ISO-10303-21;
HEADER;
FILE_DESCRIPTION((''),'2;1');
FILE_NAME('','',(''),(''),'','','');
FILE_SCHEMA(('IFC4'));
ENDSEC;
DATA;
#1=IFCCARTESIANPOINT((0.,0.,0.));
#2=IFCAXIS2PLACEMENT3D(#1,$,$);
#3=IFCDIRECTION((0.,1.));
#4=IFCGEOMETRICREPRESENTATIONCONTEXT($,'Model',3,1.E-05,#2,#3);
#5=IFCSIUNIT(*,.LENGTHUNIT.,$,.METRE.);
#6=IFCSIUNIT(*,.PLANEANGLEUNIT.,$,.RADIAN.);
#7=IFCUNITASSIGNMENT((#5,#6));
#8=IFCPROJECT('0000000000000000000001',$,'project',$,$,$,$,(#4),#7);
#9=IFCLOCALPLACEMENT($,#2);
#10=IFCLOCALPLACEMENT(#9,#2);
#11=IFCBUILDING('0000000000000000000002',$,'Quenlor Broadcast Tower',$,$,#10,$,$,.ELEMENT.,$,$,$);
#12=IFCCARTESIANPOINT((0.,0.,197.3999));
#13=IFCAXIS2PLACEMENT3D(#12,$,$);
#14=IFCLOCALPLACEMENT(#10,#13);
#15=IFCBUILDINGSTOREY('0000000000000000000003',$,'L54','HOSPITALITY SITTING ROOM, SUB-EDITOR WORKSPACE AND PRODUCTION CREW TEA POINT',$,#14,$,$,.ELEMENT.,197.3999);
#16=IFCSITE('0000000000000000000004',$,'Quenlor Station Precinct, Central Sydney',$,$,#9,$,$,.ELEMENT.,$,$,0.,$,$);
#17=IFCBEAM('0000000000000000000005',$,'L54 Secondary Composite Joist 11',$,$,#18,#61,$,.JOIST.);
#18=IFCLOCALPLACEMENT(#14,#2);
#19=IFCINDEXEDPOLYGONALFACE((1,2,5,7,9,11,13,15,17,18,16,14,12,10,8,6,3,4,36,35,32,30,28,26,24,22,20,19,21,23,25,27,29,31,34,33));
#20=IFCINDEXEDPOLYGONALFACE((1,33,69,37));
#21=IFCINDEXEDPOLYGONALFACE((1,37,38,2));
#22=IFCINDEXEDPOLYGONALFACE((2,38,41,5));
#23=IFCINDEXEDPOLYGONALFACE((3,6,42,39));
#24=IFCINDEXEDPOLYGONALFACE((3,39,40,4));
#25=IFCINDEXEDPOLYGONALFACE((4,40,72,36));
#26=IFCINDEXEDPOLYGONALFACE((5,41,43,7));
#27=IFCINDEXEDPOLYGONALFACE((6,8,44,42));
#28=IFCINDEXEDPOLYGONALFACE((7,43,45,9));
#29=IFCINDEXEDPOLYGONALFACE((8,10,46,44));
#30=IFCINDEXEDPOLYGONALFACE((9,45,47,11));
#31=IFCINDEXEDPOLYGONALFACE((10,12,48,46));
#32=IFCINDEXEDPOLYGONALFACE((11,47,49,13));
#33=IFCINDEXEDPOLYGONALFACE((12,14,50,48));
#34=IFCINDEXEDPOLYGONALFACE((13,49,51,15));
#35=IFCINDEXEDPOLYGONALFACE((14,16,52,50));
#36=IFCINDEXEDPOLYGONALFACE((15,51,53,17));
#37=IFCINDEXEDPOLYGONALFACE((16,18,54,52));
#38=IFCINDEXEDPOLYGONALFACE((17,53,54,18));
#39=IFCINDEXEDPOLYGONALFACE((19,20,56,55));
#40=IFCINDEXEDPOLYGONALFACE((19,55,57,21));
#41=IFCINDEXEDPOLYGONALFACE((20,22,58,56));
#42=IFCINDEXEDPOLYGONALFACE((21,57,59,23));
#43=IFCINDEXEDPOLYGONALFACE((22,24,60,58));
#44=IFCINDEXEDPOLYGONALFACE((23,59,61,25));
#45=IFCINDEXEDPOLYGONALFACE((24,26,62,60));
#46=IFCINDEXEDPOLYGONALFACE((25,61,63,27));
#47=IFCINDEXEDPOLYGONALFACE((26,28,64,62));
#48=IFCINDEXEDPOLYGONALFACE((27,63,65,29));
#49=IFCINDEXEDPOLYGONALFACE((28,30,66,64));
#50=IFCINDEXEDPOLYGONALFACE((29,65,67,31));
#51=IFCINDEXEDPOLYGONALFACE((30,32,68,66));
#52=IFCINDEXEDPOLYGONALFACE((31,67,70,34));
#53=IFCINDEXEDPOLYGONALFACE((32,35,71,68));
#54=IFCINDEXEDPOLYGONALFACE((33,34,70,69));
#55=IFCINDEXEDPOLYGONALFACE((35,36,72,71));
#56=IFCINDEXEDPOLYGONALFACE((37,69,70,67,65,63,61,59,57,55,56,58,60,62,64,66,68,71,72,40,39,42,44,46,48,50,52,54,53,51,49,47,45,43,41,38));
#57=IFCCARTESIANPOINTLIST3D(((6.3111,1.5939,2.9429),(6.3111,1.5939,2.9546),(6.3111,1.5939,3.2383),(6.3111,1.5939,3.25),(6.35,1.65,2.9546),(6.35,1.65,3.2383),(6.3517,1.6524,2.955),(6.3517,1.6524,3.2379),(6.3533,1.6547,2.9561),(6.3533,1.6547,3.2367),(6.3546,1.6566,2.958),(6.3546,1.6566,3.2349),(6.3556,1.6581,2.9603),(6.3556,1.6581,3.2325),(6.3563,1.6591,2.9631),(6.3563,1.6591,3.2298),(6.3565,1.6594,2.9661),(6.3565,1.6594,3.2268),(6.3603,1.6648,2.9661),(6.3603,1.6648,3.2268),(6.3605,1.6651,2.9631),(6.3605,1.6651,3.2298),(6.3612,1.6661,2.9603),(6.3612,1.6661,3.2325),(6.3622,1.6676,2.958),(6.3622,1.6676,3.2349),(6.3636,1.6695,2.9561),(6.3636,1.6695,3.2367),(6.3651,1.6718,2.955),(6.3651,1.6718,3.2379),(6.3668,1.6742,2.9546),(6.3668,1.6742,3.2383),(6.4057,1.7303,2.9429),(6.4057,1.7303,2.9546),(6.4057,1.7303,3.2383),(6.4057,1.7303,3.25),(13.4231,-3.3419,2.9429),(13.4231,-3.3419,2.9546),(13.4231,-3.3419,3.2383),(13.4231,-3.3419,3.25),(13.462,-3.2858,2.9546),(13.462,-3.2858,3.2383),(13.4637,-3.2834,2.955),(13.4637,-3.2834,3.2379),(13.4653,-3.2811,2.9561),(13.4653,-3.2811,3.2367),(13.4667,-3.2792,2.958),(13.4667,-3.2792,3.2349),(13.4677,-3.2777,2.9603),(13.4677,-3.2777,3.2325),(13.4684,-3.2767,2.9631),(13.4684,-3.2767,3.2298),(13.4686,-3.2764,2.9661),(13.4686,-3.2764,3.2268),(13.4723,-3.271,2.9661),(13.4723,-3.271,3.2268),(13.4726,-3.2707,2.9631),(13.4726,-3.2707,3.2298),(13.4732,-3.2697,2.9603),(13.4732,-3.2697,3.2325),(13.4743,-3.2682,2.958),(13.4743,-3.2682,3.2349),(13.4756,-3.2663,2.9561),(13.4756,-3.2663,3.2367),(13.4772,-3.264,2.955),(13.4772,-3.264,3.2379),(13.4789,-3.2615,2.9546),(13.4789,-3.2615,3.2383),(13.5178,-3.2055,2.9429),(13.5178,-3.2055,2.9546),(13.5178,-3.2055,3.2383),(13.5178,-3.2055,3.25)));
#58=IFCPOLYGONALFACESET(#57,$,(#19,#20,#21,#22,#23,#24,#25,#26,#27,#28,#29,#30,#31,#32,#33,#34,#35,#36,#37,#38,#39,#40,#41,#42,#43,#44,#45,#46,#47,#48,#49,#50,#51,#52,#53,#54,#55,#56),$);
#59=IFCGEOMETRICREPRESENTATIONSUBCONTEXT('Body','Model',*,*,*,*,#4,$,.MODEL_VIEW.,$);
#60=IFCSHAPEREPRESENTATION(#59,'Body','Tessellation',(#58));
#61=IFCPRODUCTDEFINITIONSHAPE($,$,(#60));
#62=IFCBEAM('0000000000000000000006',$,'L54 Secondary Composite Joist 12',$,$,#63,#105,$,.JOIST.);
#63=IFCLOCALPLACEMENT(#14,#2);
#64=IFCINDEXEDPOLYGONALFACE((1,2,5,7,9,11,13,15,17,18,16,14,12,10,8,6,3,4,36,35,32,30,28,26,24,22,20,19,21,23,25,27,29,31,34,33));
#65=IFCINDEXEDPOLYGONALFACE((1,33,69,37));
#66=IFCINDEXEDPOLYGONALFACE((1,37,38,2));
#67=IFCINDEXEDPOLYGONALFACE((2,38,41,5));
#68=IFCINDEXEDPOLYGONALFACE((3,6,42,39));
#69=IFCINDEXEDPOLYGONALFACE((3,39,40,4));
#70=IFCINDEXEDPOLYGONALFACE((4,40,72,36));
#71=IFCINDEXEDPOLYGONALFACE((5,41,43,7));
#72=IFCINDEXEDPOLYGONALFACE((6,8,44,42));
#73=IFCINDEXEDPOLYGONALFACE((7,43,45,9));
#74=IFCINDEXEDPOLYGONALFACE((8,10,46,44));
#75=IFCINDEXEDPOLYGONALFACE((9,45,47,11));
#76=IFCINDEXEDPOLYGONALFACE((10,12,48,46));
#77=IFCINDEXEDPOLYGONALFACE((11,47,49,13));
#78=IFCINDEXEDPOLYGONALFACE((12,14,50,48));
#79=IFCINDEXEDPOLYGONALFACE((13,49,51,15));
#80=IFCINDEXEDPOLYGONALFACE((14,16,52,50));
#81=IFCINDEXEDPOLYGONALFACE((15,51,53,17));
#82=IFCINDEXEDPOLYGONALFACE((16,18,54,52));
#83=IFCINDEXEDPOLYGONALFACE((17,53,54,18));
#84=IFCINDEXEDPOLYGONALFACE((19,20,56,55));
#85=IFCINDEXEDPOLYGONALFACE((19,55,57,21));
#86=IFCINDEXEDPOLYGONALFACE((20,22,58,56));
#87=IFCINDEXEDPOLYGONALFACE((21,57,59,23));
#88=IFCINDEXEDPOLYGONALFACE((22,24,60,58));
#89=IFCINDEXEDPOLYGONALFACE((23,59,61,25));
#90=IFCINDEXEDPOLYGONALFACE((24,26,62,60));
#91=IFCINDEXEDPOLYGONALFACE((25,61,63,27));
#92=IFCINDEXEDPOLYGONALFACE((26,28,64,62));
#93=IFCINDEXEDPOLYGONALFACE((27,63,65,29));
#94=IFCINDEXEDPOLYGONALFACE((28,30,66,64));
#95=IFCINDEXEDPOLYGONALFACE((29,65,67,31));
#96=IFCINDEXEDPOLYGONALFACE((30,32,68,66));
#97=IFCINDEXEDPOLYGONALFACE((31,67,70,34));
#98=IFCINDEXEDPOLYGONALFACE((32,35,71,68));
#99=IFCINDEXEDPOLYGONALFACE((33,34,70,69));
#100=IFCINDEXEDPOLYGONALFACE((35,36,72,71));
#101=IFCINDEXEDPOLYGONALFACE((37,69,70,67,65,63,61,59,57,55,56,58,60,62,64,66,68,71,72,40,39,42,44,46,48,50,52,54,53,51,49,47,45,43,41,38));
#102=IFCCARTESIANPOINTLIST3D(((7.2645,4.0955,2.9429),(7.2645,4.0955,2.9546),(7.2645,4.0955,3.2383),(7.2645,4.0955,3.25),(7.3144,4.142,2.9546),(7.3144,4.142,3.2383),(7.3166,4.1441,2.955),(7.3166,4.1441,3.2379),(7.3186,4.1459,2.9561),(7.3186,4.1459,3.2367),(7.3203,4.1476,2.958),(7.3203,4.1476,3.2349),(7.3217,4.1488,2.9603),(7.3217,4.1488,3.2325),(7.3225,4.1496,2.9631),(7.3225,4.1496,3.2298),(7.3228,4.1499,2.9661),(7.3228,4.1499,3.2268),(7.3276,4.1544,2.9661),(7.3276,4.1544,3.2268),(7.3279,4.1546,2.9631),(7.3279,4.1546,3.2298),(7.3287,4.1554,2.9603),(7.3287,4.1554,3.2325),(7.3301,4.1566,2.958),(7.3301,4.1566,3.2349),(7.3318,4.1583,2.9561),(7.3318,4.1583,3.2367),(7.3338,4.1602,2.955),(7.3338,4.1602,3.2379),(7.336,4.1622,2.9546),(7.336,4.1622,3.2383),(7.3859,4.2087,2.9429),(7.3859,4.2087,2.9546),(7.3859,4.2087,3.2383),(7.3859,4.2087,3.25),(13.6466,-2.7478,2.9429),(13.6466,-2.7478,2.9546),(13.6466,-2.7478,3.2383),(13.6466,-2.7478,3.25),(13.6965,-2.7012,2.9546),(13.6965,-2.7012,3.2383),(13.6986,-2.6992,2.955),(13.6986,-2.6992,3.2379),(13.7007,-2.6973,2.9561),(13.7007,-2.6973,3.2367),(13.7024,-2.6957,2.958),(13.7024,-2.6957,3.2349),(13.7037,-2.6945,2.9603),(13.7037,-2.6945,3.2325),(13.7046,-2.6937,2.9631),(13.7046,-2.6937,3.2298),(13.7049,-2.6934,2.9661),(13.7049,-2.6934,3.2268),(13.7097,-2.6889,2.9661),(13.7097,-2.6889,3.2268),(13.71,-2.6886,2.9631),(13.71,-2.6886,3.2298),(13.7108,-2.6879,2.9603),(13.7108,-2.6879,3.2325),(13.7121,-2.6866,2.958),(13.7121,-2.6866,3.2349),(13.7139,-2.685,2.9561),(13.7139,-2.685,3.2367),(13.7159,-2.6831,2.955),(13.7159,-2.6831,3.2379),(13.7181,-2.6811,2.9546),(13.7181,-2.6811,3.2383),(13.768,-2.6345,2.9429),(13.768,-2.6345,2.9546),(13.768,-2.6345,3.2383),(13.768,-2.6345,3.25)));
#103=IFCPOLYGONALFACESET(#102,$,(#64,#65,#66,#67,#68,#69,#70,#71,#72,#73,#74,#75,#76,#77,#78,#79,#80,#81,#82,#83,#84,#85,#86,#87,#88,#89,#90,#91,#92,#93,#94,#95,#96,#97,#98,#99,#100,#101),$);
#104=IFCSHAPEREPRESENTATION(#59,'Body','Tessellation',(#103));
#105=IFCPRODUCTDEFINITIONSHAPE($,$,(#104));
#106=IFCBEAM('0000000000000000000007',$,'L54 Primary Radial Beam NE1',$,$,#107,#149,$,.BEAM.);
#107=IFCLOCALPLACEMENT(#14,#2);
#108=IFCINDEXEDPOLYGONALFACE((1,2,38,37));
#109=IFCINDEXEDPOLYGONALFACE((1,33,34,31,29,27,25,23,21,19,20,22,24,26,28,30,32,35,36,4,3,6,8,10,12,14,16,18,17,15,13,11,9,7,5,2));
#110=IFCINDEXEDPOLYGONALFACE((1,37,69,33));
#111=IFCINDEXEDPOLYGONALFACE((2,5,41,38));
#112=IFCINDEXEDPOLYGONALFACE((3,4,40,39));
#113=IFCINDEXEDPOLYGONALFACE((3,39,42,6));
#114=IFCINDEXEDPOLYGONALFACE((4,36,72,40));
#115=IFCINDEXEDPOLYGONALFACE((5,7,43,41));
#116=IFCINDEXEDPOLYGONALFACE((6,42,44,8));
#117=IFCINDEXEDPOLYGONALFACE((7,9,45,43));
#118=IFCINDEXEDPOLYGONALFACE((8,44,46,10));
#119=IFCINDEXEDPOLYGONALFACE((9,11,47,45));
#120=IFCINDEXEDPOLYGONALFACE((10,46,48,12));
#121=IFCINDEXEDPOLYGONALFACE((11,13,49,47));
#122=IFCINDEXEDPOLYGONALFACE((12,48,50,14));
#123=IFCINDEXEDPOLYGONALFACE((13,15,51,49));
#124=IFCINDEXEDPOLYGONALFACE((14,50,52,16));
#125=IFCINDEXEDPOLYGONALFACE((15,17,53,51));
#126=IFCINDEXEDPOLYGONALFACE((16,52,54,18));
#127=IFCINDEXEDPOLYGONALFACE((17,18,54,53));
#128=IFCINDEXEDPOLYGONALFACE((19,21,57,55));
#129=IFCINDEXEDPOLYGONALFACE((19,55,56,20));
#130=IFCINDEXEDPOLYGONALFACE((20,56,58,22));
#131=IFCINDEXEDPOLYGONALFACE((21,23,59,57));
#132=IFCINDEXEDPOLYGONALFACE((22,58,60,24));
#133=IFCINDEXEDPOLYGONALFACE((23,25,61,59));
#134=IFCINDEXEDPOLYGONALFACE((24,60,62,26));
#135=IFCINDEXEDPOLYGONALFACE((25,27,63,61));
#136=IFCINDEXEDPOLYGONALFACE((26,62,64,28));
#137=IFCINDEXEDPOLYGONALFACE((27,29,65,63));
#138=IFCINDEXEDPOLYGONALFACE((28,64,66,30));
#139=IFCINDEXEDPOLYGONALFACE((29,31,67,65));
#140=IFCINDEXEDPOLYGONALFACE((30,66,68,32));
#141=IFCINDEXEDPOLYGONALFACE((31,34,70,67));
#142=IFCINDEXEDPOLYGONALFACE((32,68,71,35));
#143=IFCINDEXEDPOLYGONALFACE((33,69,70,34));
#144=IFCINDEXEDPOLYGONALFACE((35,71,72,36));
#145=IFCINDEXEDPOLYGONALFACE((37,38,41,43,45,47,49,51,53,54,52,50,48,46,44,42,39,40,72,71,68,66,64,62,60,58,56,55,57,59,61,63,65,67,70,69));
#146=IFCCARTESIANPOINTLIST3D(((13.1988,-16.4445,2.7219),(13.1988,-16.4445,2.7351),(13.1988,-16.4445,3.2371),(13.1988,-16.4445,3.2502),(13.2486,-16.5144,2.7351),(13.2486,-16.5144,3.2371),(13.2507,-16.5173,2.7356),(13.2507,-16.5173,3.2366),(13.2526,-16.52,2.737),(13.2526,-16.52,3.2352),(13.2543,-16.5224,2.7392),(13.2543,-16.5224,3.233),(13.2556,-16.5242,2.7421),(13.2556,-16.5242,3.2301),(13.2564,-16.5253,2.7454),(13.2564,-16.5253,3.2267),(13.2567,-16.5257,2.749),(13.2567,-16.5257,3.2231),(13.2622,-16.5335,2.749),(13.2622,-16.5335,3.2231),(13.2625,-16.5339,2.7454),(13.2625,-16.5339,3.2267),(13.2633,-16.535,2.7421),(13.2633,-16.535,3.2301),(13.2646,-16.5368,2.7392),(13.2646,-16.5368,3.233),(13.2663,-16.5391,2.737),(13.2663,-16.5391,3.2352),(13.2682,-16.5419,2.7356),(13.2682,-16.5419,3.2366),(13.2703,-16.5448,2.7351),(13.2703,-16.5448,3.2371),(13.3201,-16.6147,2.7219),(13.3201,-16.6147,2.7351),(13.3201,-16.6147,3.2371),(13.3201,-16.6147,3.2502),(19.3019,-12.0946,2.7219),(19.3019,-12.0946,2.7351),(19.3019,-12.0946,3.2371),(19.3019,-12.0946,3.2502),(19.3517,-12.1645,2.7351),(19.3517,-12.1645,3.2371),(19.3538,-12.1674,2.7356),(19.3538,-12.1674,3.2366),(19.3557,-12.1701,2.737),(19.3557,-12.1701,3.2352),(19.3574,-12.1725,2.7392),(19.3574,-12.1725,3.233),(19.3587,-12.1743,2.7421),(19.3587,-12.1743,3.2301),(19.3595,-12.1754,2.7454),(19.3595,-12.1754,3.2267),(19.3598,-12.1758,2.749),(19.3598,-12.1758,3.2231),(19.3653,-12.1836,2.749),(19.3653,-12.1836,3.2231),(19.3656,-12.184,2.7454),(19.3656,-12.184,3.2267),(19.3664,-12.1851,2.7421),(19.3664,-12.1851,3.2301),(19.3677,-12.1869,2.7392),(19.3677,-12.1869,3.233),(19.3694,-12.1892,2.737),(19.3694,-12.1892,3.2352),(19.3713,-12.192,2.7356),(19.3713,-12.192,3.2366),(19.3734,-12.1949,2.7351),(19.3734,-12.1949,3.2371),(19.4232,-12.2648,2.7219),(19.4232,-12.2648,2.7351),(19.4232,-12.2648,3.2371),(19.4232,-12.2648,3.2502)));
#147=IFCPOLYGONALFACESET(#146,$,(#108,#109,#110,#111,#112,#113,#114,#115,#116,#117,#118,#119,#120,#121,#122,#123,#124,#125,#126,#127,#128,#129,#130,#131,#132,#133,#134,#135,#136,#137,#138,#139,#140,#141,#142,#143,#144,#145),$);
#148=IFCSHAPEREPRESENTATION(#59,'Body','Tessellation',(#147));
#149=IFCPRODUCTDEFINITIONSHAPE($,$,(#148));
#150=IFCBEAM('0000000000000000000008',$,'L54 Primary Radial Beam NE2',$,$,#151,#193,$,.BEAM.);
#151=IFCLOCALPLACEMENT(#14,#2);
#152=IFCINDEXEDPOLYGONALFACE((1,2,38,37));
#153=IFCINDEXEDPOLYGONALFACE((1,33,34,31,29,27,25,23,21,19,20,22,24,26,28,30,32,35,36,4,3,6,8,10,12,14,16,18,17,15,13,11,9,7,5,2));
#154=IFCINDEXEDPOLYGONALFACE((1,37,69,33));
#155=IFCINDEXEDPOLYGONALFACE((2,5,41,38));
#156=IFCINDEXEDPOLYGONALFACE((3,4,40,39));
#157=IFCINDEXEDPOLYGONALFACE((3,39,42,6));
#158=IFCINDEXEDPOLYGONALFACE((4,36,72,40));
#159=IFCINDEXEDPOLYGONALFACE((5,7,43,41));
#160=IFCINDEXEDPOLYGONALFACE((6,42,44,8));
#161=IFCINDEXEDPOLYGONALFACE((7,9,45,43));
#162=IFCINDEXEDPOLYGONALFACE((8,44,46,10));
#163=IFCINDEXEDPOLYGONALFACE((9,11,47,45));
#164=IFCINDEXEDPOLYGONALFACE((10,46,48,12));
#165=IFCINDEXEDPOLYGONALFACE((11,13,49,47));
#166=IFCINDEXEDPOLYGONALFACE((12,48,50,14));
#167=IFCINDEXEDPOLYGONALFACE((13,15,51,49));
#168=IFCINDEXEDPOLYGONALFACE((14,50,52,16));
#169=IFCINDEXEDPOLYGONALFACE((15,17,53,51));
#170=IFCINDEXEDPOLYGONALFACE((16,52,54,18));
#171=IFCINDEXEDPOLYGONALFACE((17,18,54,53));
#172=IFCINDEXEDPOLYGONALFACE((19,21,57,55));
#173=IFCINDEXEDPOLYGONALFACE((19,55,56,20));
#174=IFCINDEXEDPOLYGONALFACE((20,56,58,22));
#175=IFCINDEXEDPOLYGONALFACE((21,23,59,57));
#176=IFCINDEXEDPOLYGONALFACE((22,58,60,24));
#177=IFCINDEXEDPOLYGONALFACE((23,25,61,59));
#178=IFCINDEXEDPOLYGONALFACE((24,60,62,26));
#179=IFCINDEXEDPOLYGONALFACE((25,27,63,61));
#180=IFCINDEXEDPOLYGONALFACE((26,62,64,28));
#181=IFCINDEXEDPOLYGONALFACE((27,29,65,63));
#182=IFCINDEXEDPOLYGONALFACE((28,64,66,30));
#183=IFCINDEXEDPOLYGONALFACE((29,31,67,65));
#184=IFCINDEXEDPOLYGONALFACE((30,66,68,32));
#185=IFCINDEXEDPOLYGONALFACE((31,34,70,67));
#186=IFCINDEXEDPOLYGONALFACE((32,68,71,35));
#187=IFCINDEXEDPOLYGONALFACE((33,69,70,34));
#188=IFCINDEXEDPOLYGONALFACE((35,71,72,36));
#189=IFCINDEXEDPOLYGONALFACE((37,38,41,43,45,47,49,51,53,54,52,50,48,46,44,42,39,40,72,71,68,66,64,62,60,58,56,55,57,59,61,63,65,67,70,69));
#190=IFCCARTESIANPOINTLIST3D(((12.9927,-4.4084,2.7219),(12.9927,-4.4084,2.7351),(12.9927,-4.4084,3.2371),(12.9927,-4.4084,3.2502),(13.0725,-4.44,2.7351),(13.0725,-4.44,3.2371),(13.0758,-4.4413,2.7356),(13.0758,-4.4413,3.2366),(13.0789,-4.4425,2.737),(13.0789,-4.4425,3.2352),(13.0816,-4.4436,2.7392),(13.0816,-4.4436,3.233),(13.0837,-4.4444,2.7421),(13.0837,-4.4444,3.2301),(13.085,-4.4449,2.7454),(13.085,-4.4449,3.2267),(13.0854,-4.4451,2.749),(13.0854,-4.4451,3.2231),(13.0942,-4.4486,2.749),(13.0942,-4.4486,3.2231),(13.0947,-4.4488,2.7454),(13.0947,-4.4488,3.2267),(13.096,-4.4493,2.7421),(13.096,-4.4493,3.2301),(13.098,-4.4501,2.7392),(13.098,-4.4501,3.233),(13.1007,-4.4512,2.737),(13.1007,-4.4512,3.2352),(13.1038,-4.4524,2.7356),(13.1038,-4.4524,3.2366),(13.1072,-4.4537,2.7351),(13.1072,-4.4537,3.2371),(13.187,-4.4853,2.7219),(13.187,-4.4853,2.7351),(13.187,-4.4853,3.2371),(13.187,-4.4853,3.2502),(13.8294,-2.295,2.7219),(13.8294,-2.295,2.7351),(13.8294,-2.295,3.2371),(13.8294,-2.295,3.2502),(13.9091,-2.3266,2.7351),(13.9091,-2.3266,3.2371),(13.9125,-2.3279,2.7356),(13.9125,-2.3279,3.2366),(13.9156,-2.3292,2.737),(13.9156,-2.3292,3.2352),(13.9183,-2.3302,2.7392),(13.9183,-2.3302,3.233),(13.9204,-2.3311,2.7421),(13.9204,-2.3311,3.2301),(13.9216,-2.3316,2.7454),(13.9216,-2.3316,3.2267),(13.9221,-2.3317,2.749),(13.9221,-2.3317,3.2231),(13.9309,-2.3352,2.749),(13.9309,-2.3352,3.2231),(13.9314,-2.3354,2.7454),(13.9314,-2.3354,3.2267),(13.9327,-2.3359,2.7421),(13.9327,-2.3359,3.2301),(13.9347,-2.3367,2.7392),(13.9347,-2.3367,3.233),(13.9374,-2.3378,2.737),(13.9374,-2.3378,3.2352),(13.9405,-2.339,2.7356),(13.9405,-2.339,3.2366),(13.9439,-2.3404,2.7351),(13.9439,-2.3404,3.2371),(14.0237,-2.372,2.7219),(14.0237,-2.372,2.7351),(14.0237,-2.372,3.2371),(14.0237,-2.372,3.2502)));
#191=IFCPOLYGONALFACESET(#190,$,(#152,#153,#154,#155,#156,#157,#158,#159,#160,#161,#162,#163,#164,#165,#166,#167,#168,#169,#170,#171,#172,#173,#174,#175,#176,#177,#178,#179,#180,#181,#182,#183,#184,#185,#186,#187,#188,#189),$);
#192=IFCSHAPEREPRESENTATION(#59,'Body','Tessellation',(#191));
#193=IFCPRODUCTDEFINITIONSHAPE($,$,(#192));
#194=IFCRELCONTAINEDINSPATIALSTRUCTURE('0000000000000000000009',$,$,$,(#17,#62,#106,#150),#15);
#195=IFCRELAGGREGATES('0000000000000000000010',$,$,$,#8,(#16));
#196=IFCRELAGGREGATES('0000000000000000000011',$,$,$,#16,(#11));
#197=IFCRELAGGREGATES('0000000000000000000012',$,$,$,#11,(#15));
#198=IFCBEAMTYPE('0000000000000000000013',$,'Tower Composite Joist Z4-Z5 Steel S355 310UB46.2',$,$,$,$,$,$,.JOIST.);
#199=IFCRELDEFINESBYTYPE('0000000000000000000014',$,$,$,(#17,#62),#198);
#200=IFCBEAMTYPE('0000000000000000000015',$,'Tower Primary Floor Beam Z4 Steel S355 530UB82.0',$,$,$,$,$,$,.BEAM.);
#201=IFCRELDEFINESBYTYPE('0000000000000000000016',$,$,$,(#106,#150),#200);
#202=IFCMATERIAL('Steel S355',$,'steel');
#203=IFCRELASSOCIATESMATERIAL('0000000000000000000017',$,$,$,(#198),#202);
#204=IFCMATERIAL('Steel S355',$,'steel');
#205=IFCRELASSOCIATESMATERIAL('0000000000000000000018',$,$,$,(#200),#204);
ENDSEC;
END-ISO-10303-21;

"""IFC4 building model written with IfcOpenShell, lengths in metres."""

from ifc_helpers import new_model, si_unit, direction, frame, origin, origin_2d, place, context, subcontext, project, spatial, i_section, extrude, material, material_profile, profile_set, type_object, element, save


model = new_model("IFC4")

# Units and contexts
model_context = context("Model", 3, precision=1e-05, world=origin(), true_north=direction((0.0, 1.0)))
body_context = subcontext(model_context, "Body", "Model", "MODEL_VIEW")
ifc_project = project(units=[si_unit("LENGTHUNIT", "METRE"), si_unit("PLANEANGLEUNIT", "RADIAN")], contexts=[model_context])

# Site, building, storey
site_placement = place(None, origin())
site = spatial("IfcSite", under=ifc_project, at=site_placement, Name="Quenlor Station Precinct, Central Sydney", CompositionType="ELEMENT", RefElevation=0.0)
building_placement = place(site_placement, origin())
building = spatial("IfcBuilding", under=site, at=building_placement, Name="Quenlor Broadcast Tower", CompositionType="ELEMENT")
storey_placement = place(building_placement, frame((0.0, 0.0, 197.3999)))
storey = spatial("IfcBuildingStorey", under=building, at=storey_placement, Name="L54", Description="HOSPITALITY SITTING ROOM, SUB-EDITOR WORKSPACE AND PRODUCTION CREW TEA POINT", CompositionType="ELEMENT", Elevation=197.3999)

# Beams
ifc_material_1 = material(Name="Steel S355", Category="steel")
ifc_material_profile_1 = material_profile(ifc_material_1, i_section(OverallWidth=0.166, OverallDepth=0.3071, WebThickness=0.0066, FlangeThickness=0.0117, FilletRadius=0.0115, at=origin_2d()))
ifc_profile_set_1 = profile_set([ifc_material_profile_1], Name="Steel S355 310UB46.2")
beam_type_1 = type_object("IfcBeamType", Name="Tower Composite Joist Z4-Z5 Steel S355 310UB46.2", PredefinedType="JOIST", material=ifc_profile_set_1)
beam_1_placement = place(storey_placement, frame((13.4705, -3.2737, 3.0964), z_axis=(-0.82154, 0.570151, 0.0), x_axis=(-0.570151, -0.82154, 0.0)))
element("IfcBeam", 1, at=beam_1_placement, inside=storey, type_object=beam_type_1, Name="L54 Secondary Composite Joist 11", PredefinedType="JOIST", context=body_context, shape_type="SweptSolid", body=[
    extrude(i_section(OverallWidth=0.166, OverallDepth=0.3071, WebThickness=0.0066, FlangeThickness=0.0117, FilletRadius=0.0115, at=origin_2d()), origin(), (0.0, 0.0, 1.0), 8.657),
])
beam_2_placement = place(storey_placement, frame((13.7073, -2.6912, 3.0964), z_axis=(-0.682035, 0.73132, 0.0), x_axis=(-0.73132, -0.682035, 0.0)))
element("IfcBeam", 2, at=beam_2_placement, inside=storey, type_object=beam_type_1, Name="L54 Secondary Composite Joist 12", PredefinedType="JOIST", context=body_context, shape_type="SweptSolid", body=[
    extrude(i_section(OverallWidth=0.166, OverallDepth=0.3071, WebThickness=0.0066, FlangeThickness=0.0117, FilletRadius=0.0115, at=origin_2d()), origin(), (0.0, 0.0, 1.0), 9.3574),
])
ifc_material_2 = material(Name="Steel S355", Category="steel")
ifc_material_profile_2 = material_profile(ifc_material_2, i_section(OverallWidth=0.209, OverallDepth=0.5283, WebThickness=0.0095, FlangeThickness=0.0132, FilletRadius=0.0139, at=origin_2d()))
ifc_profile_set_2 = profile_set([ifc_material_profile_2], Name="Steel S355 530UB82.0")
beam_type_2 = type_object("IfcBeamType", Name="Tower Primary Floor Beam Z4 Steel S355 530UB82.0", PredefinedType="BEAM", material=ifc_profile_set_2)
beam_3_placement = place(storey_placement, frame((19.3625, -12.1797, 2.9861), z_axis=(-0.81433, -0.580403, 0.0), x_axis=(0.580403, -0.81433, 0.0)))
element("IfcBeam", 3, at=beam_3_placement, inside=storey, type_object=beam_type_2, Name="L54 Primary Radial Beam NE1", PredefinedType="BEAM", context=body_context, shape_type="SweptSolid", body=[
    extrude(i_section(OverallWidth=0.209, OverallDepth=0.5283, WebThickness=0.0095, FlangeThickness=0.0132, FilletRadius=0.0139, at=origin_2d()), origin(), (0.0, 0.0, 1.0), 7.4946),
])
beam_4_placement = place(storey_placement, frame((13.9265, -2.3335, 2.9861), z_axis=(-0.36811, -0.929782, 0.0), x_axis=(0.929782, -0.36811, 0.0)))
element("IfcBeam", 4, at=beam_4_placement, inside=storey, type_object=beam_type_2, Name="L54 Primary Radial Beam NE2", PredefinedType="BEAM", context=body_context, shape_type="SweptSolid", body=[
    extrude(i_section(OverallWidth=0.209, OverallDepth=0.5283, WebThickness=0.0095, FlangeThickness=0.0132, FilletRadius=0.0139, at=origin_2d()), origin(), (0.0, 0.0, 1.0), 2.2729),
])

save(model, "model.ifc")
